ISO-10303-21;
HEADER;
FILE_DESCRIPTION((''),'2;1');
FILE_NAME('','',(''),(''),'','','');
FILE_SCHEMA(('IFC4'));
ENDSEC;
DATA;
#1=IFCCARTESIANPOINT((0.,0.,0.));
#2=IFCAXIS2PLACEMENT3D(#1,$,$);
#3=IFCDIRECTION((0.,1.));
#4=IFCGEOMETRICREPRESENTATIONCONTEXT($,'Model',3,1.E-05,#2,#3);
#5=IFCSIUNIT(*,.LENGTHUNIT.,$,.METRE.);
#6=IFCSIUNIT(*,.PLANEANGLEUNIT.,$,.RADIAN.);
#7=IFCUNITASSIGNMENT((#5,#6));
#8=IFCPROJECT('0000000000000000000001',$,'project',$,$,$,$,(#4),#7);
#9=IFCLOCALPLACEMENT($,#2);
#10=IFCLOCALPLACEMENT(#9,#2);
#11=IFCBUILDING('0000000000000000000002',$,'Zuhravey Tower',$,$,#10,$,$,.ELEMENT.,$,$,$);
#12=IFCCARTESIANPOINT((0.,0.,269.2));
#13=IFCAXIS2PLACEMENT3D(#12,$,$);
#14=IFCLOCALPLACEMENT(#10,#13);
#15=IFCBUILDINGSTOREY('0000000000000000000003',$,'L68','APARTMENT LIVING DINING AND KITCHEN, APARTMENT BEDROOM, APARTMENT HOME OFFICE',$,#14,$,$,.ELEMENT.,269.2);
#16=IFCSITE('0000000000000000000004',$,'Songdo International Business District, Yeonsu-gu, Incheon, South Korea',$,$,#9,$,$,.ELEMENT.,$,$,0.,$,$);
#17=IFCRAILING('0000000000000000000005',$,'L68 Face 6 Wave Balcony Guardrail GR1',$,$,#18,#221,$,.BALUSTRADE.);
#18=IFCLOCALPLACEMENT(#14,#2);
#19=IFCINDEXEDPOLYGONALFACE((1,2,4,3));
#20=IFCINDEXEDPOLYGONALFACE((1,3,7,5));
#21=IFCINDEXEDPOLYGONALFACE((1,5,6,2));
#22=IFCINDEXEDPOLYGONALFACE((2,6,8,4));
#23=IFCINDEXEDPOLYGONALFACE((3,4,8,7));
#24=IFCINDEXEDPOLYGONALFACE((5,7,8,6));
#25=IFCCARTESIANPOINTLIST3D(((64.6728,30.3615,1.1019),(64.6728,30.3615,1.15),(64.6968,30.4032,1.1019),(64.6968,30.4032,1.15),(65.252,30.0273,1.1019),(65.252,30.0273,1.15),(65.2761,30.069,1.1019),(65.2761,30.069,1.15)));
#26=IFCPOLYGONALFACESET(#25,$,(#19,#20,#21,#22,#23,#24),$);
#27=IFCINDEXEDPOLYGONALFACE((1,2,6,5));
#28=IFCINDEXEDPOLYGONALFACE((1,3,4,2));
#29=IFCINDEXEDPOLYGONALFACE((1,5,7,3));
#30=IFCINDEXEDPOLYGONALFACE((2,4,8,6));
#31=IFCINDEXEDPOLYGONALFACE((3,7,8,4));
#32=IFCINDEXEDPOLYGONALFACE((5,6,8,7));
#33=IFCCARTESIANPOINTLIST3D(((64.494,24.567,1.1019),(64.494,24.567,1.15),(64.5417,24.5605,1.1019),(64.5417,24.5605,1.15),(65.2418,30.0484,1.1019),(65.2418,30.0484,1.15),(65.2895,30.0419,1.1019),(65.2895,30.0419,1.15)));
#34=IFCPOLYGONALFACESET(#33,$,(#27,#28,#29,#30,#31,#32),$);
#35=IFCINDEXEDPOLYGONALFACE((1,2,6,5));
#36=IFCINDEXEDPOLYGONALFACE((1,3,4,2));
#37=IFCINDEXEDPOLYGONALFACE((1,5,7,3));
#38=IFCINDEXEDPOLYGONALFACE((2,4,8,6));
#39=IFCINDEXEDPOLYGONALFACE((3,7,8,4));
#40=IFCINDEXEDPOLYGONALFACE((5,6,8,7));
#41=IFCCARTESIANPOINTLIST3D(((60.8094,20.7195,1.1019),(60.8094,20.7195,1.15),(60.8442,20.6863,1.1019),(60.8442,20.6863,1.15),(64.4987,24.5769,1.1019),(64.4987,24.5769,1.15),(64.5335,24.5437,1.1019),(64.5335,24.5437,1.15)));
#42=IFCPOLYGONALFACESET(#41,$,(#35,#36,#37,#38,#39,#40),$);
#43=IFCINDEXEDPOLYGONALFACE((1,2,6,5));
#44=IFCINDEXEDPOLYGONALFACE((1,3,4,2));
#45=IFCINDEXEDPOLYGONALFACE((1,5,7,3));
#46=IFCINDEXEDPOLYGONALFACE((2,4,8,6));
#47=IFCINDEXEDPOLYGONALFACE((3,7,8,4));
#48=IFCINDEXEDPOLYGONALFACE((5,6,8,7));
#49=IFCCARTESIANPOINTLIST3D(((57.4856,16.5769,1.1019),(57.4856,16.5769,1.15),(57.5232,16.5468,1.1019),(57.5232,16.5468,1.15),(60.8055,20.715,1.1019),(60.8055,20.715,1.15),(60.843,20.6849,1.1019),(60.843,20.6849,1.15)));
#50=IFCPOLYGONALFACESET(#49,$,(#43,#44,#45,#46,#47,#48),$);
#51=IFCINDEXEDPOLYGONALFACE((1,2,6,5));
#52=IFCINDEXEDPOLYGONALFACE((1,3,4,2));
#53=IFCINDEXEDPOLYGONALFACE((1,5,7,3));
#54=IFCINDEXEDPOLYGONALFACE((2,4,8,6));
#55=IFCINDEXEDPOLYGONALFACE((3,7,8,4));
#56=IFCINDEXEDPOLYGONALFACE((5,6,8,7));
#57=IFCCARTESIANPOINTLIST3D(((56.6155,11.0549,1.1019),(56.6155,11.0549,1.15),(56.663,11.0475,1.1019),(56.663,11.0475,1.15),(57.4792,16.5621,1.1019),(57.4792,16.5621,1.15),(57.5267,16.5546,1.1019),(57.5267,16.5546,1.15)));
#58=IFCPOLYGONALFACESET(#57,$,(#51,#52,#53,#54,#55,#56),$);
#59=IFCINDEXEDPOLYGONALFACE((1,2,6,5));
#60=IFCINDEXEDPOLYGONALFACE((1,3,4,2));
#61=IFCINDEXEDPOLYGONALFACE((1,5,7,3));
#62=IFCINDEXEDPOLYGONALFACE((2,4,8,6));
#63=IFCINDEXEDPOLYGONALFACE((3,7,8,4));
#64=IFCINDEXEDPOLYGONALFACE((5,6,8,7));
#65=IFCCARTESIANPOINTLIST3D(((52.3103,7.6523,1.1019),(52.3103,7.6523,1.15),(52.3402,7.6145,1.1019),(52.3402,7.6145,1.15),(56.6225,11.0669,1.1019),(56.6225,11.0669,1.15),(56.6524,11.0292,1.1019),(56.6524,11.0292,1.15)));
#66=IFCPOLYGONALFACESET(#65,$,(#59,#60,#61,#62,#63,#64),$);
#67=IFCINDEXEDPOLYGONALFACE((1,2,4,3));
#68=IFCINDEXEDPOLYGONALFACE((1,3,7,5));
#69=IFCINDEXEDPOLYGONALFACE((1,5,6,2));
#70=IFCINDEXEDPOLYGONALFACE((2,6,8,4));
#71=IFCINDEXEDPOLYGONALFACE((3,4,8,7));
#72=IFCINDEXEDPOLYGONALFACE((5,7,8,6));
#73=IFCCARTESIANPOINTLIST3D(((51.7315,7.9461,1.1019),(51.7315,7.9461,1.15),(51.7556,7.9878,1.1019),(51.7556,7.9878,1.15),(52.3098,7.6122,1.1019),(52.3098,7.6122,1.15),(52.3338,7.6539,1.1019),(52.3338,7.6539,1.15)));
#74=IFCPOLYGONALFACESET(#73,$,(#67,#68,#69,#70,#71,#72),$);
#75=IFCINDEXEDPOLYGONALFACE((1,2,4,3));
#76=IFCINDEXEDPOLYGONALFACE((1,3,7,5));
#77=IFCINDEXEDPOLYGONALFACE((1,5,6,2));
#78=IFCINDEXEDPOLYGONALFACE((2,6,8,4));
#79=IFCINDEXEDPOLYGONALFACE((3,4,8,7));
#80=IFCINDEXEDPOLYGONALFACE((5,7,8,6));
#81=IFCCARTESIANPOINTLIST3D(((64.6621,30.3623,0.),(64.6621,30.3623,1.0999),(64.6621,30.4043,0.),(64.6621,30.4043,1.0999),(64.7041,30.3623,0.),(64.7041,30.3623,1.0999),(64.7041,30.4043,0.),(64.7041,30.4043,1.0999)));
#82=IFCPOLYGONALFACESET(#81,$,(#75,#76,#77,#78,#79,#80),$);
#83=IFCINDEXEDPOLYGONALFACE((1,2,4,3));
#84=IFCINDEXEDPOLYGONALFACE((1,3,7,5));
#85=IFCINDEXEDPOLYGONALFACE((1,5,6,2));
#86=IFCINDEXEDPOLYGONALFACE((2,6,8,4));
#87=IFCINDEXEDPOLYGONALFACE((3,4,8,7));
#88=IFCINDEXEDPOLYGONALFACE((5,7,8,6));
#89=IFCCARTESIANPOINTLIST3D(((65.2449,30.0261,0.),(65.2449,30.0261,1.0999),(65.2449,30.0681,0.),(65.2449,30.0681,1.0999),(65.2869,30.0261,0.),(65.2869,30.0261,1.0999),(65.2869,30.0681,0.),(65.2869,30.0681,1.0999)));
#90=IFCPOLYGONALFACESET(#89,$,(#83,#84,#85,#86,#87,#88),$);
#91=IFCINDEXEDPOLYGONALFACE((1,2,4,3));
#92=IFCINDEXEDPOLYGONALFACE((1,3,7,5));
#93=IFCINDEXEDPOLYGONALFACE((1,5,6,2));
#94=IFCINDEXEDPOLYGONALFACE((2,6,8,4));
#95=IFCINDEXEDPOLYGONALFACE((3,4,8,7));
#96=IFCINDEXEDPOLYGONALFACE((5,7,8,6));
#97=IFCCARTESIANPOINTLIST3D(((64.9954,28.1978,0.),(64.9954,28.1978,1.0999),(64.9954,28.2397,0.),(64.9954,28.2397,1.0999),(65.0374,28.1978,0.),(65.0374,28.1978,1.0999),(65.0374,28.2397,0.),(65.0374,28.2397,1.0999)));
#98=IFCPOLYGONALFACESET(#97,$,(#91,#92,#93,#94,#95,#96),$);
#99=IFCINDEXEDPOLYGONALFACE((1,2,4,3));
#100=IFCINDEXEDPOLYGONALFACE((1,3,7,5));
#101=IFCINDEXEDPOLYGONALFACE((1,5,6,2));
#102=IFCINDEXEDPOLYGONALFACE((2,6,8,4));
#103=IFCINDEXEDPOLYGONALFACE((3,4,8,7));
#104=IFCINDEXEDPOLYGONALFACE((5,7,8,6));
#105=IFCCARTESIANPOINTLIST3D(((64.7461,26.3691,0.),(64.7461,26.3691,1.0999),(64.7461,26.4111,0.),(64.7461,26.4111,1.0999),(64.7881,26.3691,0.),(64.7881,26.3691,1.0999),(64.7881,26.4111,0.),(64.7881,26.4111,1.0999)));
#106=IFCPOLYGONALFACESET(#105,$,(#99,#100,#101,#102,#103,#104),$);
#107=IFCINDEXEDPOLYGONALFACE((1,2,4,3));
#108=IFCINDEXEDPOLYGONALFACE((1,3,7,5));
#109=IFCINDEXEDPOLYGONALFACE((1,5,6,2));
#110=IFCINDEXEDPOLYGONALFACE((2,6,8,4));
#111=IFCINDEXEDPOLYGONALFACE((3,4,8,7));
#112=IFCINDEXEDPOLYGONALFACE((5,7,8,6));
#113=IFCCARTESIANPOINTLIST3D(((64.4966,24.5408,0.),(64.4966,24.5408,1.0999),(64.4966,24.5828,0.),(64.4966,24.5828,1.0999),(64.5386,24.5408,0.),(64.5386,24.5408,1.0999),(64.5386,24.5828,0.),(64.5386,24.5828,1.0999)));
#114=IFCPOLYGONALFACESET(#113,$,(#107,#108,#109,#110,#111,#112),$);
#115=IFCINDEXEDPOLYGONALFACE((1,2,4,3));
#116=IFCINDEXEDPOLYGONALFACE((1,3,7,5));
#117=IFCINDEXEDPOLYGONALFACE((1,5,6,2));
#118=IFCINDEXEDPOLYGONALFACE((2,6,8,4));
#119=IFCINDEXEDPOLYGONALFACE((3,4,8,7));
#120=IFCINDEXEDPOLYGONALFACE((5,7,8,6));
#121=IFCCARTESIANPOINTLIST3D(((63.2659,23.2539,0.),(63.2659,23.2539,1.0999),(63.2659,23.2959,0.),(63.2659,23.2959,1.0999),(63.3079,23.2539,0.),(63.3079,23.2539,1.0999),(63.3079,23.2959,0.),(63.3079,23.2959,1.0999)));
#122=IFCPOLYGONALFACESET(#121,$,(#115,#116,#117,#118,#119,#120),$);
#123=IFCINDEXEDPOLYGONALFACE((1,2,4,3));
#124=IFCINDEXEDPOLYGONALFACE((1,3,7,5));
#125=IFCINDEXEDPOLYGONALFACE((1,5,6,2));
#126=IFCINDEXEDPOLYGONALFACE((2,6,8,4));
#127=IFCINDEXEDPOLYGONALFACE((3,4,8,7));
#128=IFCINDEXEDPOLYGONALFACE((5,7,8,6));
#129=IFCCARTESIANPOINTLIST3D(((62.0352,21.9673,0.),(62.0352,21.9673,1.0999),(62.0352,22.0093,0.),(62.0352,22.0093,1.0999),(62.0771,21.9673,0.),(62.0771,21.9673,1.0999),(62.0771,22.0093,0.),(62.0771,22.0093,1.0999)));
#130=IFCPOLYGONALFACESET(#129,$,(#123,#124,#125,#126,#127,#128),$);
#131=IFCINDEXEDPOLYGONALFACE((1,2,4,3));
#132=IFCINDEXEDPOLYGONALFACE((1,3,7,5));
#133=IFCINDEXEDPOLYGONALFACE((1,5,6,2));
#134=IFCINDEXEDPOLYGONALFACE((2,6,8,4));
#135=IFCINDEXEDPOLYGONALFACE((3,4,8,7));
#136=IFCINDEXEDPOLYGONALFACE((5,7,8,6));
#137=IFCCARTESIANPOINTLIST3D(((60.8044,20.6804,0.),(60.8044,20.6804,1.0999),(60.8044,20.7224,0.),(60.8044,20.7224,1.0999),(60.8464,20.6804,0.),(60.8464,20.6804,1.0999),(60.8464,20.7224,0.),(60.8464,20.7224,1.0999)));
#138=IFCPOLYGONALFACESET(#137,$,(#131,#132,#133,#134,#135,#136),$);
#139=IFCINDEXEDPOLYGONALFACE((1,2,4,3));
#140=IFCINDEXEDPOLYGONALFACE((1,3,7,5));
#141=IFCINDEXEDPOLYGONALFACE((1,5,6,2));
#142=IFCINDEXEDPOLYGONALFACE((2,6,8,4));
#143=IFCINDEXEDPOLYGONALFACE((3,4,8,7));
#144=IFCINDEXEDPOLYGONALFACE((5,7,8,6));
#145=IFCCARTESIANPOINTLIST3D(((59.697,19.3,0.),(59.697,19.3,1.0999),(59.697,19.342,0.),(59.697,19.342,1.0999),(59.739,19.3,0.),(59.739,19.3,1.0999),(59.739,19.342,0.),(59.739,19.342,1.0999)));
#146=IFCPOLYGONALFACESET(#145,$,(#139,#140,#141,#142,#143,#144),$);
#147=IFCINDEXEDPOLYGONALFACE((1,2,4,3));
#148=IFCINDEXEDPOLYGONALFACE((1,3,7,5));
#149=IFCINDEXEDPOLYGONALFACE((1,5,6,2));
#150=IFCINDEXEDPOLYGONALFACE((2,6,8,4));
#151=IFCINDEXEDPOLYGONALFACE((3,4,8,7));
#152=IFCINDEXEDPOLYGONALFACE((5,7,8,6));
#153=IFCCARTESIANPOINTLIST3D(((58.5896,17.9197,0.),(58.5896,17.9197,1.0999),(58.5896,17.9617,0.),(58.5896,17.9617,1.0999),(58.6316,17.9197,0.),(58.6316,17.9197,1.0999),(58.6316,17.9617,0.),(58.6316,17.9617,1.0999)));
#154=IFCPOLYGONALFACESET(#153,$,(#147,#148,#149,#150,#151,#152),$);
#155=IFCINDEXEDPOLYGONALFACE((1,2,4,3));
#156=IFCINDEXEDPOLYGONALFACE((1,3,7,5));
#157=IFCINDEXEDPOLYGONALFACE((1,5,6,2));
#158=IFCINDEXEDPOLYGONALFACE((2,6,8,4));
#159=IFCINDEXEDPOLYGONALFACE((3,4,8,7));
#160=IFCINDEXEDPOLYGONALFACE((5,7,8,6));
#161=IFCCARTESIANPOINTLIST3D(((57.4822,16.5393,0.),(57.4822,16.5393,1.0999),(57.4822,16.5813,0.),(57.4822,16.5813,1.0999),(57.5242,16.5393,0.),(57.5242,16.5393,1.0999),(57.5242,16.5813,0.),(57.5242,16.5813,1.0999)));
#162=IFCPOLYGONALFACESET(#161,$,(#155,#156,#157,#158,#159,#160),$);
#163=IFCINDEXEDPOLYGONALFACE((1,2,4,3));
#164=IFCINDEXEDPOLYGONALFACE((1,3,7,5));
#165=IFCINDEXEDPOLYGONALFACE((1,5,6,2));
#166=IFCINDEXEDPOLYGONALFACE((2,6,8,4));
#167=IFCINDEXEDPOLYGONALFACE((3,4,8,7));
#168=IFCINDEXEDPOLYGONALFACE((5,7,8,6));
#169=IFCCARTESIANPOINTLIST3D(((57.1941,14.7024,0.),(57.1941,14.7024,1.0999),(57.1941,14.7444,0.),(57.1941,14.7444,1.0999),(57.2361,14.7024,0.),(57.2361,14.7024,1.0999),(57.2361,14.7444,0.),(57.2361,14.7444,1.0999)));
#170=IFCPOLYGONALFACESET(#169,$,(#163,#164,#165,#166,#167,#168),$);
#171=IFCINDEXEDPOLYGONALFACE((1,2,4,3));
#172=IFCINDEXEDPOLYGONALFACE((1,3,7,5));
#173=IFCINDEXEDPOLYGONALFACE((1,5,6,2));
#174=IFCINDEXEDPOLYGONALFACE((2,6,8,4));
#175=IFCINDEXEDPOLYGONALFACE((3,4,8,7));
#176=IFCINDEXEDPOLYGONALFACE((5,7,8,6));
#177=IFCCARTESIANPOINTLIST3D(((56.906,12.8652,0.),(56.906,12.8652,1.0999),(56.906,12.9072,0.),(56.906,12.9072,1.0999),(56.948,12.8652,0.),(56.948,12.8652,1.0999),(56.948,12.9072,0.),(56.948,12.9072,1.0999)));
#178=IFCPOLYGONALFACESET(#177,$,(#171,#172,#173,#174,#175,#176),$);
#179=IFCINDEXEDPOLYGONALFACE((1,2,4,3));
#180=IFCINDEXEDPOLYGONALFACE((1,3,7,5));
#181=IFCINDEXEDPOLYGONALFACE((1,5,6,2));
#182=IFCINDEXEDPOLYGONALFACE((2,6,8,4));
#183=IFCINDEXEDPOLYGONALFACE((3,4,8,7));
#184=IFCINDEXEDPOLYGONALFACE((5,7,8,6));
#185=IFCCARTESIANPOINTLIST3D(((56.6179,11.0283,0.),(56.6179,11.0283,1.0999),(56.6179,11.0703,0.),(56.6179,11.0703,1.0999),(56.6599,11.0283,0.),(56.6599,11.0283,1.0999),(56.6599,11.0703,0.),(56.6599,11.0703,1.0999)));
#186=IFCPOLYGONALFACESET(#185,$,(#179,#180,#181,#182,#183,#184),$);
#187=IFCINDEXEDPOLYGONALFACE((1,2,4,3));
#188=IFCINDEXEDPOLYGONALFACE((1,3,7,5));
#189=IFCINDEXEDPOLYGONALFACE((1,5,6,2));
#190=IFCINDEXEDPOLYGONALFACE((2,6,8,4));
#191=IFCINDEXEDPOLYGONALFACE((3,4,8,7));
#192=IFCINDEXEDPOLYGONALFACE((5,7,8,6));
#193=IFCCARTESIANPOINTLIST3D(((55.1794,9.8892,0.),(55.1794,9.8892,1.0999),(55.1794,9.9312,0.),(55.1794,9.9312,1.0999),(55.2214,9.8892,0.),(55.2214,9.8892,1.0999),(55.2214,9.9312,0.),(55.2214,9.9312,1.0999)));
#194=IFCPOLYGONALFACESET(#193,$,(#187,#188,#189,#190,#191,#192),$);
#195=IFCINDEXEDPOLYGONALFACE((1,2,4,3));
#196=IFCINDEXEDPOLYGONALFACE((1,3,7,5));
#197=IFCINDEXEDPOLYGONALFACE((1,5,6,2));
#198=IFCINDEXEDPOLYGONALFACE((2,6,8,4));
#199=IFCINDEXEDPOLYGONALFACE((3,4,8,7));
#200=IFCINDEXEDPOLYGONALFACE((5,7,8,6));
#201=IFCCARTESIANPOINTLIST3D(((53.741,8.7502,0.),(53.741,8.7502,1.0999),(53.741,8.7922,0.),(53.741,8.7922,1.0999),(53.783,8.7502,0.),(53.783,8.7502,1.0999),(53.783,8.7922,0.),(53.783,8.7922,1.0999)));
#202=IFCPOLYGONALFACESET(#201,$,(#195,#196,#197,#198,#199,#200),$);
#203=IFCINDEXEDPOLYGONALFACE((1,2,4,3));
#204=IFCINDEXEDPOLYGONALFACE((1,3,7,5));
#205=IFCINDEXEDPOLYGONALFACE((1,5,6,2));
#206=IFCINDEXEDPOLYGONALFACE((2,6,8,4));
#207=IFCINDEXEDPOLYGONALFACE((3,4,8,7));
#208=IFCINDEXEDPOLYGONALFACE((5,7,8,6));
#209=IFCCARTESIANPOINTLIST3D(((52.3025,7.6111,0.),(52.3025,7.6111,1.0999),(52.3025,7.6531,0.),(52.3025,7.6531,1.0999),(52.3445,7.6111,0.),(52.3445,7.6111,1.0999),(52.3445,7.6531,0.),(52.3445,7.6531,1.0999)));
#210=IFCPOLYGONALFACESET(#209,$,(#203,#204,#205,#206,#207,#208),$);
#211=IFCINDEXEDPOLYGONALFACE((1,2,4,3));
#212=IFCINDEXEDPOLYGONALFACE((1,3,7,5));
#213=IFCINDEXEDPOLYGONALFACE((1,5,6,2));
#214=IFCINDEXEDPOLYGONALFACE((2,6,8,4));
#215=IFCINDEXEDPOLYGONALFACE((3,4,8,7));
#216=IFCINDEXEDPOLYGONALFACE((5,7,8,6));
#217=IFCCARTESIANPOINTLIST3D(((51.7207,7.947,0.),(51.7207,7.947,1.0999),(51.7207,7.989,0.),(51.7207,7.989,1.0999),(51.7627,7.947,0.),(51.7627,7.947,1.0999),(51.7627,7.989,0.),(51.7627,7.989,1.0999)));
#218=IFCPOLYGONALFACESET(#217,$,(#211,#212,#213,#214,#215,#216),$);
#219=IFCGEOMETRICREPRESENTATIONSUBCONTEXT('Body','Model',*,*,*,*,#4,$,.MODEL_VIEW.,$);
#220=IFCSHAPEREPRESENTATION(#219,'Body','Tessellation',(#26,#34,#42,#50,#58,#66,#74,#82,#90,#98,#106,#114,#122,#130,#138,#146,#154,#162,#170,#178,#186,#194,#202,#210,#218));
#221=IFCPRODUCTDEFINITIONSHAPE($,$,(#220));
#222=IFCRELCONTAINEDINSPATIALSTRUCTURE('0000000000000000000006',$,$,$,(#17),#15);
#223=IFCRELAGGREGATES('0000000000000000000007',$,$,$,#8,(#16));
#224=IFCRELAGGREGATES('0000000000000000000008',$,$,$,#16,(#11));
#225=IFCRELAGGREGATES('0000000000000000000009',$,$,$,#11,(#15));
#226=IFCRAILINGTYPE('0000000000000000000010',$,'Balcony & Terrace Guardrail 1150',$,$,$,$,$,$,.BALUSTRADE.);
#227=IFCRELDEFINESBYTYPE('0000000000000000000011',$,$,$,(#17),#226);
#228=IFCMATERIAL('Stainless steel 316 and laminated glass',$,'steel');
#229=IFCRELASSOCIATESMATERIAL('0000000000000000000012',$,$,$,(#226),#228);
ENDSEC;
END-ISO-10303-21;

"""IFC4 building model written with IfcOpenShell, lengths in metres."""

from ifc_helpers import new_model, si_unit, direction, frame, origin, origin_2d, place, context, subcontext, project, spatial, rectangle, extrude, material, type_object, element, save


model = new_model("IFC4")

# Units and contexts
model_context = context("Model", 3, precision=1e-05, world=origin(), true_north=direction((0.0, 1.0)))
body_context = subcontext(model_context, "Body", "Model", "MODEL_VIEW")
ifc_project = project(units=[si_unit("LENGTHUNIT", "METRE"), si_unit("PLANEANGLEUNIT", "RADIAN")], contexts=[model_context])

# Site, building, storey
site_placement = place(None, origin())
site = spatial("IfcSite", under=ifc_project, at=site_placement, Name="Songdo International Business District, Yeonsu-gu, Incheon, South Korea", CompositionType="ELEMENT", RefElevation=0.0)
building_placement = place(site_placement, origin())
building = spatial("IfcBuilding", under=site, at=building_placement, Name="Zuhravey Tower", CompositionType="ELEMENT")
storey_placement = place(building_placement, frame((0.0, 0.0, 269.2)))
storey = spatial("IfcBuildingStorey", under=building, at=storey_placement, Name="L68", Description="APARTMENT LIVING DINING AND KITCHEN, APARTMENT BEDROOM, APARTMENT HOME OFFICE", CompositionType="ELEMENT", Elevation=269.2)

# Railing
ifc_material_1 = material(Name="Stainless steel 316 and laminated glass", Category="steel")
railing_type = type_object("IfcRailingType", Name="Balcony & Terrace Guardrail 1150", PredefinedType="BALUSTRADE", material=ifc_material_1)
railing_placement = place(storey_placement, frame((64.6831, 30.3833, 0.0)))
element("IfcRailing", 1, at=railing_placement, inside=storey, type_object=railing_type, Name="L68 Face 6 Wave Balcony Guardrail GR1", PredefinedType="BALUSTRADE", context=body_context, shape_type="SweptSolid", body=[
    extrude(rectangle(XDim=0.0481, YDim=0.0481, at=origin_2d()), frame((0.0017, -0.001, 1.126), z_axis=(0.866204, -0.499691, 0.0), x_axis=(0.499691, 0.866204, 0.0)), (0.0, 0.0, 1.0), 0.6687),
    extrude(rectangle(XDim=0.0481, YDim=0.0481, at=origin_2d()), frame((0.5825, -0.3381, 1.126), z_axis=(-0.135164, -0.990823, 0.0), x_axis=(0.990823, -0.135164, 0.0)), (0.0, 0.0, 1.0), 5.5322),
    extrude(rectangle(XDim=0.0481, YDim=0.0481, at=origin_2d()), frame((-0.167, -5.823, 1.126), z_axis=(-0.691186, -0.722677, 0.0), x_axis=(0.722677, -0.691186, 0.0)), (0.0, 0.0, 1.0), 5.3376),
    extrude(rectangle(XDim=0.0481, YDim=0.0481, at=origin_2d()), frame((-3.8589, -9.6833, 1.126), z_axis=(-0.625771, -0.780007, 0.0), x_axis=(0.780007, -0.625771, 0.0)), (0.0, 0.0, 1.0), 5.3052),
    extrude(rectangle(XDim=0.0481, YDim=0.0481, at=origin_2d()), frame((-7.1802, -13.825, 1.126), z_axis=(-0.154931, -0.987925, 0.0), x_axis=(0.987925, -0.154931, 0.0)), (0.0, 0.0, 1.0), 5.5745),
    extrude(rectangle(XDim=0.0481, YDim=0.0481, at=origin_2d()), frame((-8.0457, -19.3352, 1.126), z_axis=(-0.78397, -0.620798, 0.0), x_axis=(0.620798, -0.78397, 0.0)), (0.0, 0.0, 1.0), 5.5005),
    extrude(rectangle(XDim=0.0481, YDim=0.0481, at=origin_2d()), frame((-12.3613, -22.7502, 1.126), z_axis=(-0.865998, 0.500048, 0.0), x_axis=(-0.500048, -0.865998, 0.0)), (0.0, 0.0, 1.0), 0.6677),
    extrude(rectangle(XDim=0.042, YDim=0.042, at=origin_2d()), origin(), (0.0, 0.0, 1.0), 1.0999),
    extrude(rectangle(XDim=0.042, YDim=0.042, at=origin_2d()), frame((0.5828, -0.3362, 0.0)), (0.0, 0.0, 1.0), 1.0999),
    extrude(rectangle(XDim=0.042, YDim=0.042, at=origin_2d()), frame((0.3333, -2.1646, 0.0)), (0.0, 0.0, 1.0), 1.0999),
    extrude(rectangle(XDim=0.042, YDim=0.042, at=origin_2d()), frame((0.084, -3.9932, 0.0)), (0.0, 0.0, 1.0), 1.0999),
    extrude(rectangle(XDim=0.042, YDim=0.042, at=origin_2d()), frame((-0.1655, -5.8215, 0.0)), (0.0, 0.0, 1.0), 1.0999),
    extrude(rectangle(XDim=0.042, YDim=0.042, at=origin_2d()), frame((-1.3962, -7.1084, 0.0)), (0.0, 0.0, 1.0), 1.0999),
    extrude(rectangle(XDim=0.042, YDim=0.042, at=origin_2d()), frame((-2.627, -8.395, 0.0)), (0.0, 0.0, 1.0), 1.0999),
    extrude(rectangle(XDim=0.042, YDim=0.042, at=origin_2d()), frame((-3.8577, -9.6819, 0.0)), (0.0, 0.0, 1.0), 1.0999),
    extrude(rectangle(XDim=0.042, YDim=0.042, at=origin_2d()), frame((-4.9651, -11.0623, 0.0)), (0.0, 0.0, 1.0), 1.0999),
    extrude(rectangle(XDim=0.042, YDim=0.042, at=origin_2d()), frame((-6.0725, -12.4426, 0.0)), (0.0, 0.0, 1.0), 1.0999),
    extrude(rectangle(XDim=0.042, YDim=0.042, at=origin_2d()), frame((-7.1799, -13.823, 0.0)), (0.0, 0.0, 1.0), 1.0999),
    extrude(rectangle(XDim=0.042, YDim=0.042, at=origin_2d()), frame((-7.468, -15.6599, 0.0)), (0.0, 0.0, 1.0), 1.0999),
    extrude(rectangle(XDim=0.042, YDim=0.042, at=origin_2d()), frame((-7.7561, -17.4971, 0.0)), (0.0, 0.0, 1.0), 1.0999),
    extrude(rectangle(XDim=0.042, YDim=0.042, at=origin_2d()), frame((-8.0442, -19.334, 0.0)), (0.0, 0.0, 1.0), 1.0999),
    extrude(rectangle(XDim=0.042, YDim=0.042, at=origin_2d()), frame((-9.4827, -20.4731, 0.0)), (0.0, 0.0, 1.0), 1.0999),
    extrude(rectangle(XDim=0.042, YDim=0.042, at=origin_2d()), frame((-10.9211, -21.6121, 0.0)), (0.0, 0.0, 1.0), 1.0999),
    extrude(rectangle(XDim=0.042, YDim=0.042, at=origin_2d()), frame((-12.3596, -22.7512, 0.0)), (0.0, 0.0, 1.0), 1.0999),
    extrude(rectangle(XDim=0.042, YDim=0.042, at=origin_2d()), frame((-12.9414, -22.4153, 0.0)), (0.0, 0.0, 1.0), 1.0999),
])

save(model, "model.ifc")
